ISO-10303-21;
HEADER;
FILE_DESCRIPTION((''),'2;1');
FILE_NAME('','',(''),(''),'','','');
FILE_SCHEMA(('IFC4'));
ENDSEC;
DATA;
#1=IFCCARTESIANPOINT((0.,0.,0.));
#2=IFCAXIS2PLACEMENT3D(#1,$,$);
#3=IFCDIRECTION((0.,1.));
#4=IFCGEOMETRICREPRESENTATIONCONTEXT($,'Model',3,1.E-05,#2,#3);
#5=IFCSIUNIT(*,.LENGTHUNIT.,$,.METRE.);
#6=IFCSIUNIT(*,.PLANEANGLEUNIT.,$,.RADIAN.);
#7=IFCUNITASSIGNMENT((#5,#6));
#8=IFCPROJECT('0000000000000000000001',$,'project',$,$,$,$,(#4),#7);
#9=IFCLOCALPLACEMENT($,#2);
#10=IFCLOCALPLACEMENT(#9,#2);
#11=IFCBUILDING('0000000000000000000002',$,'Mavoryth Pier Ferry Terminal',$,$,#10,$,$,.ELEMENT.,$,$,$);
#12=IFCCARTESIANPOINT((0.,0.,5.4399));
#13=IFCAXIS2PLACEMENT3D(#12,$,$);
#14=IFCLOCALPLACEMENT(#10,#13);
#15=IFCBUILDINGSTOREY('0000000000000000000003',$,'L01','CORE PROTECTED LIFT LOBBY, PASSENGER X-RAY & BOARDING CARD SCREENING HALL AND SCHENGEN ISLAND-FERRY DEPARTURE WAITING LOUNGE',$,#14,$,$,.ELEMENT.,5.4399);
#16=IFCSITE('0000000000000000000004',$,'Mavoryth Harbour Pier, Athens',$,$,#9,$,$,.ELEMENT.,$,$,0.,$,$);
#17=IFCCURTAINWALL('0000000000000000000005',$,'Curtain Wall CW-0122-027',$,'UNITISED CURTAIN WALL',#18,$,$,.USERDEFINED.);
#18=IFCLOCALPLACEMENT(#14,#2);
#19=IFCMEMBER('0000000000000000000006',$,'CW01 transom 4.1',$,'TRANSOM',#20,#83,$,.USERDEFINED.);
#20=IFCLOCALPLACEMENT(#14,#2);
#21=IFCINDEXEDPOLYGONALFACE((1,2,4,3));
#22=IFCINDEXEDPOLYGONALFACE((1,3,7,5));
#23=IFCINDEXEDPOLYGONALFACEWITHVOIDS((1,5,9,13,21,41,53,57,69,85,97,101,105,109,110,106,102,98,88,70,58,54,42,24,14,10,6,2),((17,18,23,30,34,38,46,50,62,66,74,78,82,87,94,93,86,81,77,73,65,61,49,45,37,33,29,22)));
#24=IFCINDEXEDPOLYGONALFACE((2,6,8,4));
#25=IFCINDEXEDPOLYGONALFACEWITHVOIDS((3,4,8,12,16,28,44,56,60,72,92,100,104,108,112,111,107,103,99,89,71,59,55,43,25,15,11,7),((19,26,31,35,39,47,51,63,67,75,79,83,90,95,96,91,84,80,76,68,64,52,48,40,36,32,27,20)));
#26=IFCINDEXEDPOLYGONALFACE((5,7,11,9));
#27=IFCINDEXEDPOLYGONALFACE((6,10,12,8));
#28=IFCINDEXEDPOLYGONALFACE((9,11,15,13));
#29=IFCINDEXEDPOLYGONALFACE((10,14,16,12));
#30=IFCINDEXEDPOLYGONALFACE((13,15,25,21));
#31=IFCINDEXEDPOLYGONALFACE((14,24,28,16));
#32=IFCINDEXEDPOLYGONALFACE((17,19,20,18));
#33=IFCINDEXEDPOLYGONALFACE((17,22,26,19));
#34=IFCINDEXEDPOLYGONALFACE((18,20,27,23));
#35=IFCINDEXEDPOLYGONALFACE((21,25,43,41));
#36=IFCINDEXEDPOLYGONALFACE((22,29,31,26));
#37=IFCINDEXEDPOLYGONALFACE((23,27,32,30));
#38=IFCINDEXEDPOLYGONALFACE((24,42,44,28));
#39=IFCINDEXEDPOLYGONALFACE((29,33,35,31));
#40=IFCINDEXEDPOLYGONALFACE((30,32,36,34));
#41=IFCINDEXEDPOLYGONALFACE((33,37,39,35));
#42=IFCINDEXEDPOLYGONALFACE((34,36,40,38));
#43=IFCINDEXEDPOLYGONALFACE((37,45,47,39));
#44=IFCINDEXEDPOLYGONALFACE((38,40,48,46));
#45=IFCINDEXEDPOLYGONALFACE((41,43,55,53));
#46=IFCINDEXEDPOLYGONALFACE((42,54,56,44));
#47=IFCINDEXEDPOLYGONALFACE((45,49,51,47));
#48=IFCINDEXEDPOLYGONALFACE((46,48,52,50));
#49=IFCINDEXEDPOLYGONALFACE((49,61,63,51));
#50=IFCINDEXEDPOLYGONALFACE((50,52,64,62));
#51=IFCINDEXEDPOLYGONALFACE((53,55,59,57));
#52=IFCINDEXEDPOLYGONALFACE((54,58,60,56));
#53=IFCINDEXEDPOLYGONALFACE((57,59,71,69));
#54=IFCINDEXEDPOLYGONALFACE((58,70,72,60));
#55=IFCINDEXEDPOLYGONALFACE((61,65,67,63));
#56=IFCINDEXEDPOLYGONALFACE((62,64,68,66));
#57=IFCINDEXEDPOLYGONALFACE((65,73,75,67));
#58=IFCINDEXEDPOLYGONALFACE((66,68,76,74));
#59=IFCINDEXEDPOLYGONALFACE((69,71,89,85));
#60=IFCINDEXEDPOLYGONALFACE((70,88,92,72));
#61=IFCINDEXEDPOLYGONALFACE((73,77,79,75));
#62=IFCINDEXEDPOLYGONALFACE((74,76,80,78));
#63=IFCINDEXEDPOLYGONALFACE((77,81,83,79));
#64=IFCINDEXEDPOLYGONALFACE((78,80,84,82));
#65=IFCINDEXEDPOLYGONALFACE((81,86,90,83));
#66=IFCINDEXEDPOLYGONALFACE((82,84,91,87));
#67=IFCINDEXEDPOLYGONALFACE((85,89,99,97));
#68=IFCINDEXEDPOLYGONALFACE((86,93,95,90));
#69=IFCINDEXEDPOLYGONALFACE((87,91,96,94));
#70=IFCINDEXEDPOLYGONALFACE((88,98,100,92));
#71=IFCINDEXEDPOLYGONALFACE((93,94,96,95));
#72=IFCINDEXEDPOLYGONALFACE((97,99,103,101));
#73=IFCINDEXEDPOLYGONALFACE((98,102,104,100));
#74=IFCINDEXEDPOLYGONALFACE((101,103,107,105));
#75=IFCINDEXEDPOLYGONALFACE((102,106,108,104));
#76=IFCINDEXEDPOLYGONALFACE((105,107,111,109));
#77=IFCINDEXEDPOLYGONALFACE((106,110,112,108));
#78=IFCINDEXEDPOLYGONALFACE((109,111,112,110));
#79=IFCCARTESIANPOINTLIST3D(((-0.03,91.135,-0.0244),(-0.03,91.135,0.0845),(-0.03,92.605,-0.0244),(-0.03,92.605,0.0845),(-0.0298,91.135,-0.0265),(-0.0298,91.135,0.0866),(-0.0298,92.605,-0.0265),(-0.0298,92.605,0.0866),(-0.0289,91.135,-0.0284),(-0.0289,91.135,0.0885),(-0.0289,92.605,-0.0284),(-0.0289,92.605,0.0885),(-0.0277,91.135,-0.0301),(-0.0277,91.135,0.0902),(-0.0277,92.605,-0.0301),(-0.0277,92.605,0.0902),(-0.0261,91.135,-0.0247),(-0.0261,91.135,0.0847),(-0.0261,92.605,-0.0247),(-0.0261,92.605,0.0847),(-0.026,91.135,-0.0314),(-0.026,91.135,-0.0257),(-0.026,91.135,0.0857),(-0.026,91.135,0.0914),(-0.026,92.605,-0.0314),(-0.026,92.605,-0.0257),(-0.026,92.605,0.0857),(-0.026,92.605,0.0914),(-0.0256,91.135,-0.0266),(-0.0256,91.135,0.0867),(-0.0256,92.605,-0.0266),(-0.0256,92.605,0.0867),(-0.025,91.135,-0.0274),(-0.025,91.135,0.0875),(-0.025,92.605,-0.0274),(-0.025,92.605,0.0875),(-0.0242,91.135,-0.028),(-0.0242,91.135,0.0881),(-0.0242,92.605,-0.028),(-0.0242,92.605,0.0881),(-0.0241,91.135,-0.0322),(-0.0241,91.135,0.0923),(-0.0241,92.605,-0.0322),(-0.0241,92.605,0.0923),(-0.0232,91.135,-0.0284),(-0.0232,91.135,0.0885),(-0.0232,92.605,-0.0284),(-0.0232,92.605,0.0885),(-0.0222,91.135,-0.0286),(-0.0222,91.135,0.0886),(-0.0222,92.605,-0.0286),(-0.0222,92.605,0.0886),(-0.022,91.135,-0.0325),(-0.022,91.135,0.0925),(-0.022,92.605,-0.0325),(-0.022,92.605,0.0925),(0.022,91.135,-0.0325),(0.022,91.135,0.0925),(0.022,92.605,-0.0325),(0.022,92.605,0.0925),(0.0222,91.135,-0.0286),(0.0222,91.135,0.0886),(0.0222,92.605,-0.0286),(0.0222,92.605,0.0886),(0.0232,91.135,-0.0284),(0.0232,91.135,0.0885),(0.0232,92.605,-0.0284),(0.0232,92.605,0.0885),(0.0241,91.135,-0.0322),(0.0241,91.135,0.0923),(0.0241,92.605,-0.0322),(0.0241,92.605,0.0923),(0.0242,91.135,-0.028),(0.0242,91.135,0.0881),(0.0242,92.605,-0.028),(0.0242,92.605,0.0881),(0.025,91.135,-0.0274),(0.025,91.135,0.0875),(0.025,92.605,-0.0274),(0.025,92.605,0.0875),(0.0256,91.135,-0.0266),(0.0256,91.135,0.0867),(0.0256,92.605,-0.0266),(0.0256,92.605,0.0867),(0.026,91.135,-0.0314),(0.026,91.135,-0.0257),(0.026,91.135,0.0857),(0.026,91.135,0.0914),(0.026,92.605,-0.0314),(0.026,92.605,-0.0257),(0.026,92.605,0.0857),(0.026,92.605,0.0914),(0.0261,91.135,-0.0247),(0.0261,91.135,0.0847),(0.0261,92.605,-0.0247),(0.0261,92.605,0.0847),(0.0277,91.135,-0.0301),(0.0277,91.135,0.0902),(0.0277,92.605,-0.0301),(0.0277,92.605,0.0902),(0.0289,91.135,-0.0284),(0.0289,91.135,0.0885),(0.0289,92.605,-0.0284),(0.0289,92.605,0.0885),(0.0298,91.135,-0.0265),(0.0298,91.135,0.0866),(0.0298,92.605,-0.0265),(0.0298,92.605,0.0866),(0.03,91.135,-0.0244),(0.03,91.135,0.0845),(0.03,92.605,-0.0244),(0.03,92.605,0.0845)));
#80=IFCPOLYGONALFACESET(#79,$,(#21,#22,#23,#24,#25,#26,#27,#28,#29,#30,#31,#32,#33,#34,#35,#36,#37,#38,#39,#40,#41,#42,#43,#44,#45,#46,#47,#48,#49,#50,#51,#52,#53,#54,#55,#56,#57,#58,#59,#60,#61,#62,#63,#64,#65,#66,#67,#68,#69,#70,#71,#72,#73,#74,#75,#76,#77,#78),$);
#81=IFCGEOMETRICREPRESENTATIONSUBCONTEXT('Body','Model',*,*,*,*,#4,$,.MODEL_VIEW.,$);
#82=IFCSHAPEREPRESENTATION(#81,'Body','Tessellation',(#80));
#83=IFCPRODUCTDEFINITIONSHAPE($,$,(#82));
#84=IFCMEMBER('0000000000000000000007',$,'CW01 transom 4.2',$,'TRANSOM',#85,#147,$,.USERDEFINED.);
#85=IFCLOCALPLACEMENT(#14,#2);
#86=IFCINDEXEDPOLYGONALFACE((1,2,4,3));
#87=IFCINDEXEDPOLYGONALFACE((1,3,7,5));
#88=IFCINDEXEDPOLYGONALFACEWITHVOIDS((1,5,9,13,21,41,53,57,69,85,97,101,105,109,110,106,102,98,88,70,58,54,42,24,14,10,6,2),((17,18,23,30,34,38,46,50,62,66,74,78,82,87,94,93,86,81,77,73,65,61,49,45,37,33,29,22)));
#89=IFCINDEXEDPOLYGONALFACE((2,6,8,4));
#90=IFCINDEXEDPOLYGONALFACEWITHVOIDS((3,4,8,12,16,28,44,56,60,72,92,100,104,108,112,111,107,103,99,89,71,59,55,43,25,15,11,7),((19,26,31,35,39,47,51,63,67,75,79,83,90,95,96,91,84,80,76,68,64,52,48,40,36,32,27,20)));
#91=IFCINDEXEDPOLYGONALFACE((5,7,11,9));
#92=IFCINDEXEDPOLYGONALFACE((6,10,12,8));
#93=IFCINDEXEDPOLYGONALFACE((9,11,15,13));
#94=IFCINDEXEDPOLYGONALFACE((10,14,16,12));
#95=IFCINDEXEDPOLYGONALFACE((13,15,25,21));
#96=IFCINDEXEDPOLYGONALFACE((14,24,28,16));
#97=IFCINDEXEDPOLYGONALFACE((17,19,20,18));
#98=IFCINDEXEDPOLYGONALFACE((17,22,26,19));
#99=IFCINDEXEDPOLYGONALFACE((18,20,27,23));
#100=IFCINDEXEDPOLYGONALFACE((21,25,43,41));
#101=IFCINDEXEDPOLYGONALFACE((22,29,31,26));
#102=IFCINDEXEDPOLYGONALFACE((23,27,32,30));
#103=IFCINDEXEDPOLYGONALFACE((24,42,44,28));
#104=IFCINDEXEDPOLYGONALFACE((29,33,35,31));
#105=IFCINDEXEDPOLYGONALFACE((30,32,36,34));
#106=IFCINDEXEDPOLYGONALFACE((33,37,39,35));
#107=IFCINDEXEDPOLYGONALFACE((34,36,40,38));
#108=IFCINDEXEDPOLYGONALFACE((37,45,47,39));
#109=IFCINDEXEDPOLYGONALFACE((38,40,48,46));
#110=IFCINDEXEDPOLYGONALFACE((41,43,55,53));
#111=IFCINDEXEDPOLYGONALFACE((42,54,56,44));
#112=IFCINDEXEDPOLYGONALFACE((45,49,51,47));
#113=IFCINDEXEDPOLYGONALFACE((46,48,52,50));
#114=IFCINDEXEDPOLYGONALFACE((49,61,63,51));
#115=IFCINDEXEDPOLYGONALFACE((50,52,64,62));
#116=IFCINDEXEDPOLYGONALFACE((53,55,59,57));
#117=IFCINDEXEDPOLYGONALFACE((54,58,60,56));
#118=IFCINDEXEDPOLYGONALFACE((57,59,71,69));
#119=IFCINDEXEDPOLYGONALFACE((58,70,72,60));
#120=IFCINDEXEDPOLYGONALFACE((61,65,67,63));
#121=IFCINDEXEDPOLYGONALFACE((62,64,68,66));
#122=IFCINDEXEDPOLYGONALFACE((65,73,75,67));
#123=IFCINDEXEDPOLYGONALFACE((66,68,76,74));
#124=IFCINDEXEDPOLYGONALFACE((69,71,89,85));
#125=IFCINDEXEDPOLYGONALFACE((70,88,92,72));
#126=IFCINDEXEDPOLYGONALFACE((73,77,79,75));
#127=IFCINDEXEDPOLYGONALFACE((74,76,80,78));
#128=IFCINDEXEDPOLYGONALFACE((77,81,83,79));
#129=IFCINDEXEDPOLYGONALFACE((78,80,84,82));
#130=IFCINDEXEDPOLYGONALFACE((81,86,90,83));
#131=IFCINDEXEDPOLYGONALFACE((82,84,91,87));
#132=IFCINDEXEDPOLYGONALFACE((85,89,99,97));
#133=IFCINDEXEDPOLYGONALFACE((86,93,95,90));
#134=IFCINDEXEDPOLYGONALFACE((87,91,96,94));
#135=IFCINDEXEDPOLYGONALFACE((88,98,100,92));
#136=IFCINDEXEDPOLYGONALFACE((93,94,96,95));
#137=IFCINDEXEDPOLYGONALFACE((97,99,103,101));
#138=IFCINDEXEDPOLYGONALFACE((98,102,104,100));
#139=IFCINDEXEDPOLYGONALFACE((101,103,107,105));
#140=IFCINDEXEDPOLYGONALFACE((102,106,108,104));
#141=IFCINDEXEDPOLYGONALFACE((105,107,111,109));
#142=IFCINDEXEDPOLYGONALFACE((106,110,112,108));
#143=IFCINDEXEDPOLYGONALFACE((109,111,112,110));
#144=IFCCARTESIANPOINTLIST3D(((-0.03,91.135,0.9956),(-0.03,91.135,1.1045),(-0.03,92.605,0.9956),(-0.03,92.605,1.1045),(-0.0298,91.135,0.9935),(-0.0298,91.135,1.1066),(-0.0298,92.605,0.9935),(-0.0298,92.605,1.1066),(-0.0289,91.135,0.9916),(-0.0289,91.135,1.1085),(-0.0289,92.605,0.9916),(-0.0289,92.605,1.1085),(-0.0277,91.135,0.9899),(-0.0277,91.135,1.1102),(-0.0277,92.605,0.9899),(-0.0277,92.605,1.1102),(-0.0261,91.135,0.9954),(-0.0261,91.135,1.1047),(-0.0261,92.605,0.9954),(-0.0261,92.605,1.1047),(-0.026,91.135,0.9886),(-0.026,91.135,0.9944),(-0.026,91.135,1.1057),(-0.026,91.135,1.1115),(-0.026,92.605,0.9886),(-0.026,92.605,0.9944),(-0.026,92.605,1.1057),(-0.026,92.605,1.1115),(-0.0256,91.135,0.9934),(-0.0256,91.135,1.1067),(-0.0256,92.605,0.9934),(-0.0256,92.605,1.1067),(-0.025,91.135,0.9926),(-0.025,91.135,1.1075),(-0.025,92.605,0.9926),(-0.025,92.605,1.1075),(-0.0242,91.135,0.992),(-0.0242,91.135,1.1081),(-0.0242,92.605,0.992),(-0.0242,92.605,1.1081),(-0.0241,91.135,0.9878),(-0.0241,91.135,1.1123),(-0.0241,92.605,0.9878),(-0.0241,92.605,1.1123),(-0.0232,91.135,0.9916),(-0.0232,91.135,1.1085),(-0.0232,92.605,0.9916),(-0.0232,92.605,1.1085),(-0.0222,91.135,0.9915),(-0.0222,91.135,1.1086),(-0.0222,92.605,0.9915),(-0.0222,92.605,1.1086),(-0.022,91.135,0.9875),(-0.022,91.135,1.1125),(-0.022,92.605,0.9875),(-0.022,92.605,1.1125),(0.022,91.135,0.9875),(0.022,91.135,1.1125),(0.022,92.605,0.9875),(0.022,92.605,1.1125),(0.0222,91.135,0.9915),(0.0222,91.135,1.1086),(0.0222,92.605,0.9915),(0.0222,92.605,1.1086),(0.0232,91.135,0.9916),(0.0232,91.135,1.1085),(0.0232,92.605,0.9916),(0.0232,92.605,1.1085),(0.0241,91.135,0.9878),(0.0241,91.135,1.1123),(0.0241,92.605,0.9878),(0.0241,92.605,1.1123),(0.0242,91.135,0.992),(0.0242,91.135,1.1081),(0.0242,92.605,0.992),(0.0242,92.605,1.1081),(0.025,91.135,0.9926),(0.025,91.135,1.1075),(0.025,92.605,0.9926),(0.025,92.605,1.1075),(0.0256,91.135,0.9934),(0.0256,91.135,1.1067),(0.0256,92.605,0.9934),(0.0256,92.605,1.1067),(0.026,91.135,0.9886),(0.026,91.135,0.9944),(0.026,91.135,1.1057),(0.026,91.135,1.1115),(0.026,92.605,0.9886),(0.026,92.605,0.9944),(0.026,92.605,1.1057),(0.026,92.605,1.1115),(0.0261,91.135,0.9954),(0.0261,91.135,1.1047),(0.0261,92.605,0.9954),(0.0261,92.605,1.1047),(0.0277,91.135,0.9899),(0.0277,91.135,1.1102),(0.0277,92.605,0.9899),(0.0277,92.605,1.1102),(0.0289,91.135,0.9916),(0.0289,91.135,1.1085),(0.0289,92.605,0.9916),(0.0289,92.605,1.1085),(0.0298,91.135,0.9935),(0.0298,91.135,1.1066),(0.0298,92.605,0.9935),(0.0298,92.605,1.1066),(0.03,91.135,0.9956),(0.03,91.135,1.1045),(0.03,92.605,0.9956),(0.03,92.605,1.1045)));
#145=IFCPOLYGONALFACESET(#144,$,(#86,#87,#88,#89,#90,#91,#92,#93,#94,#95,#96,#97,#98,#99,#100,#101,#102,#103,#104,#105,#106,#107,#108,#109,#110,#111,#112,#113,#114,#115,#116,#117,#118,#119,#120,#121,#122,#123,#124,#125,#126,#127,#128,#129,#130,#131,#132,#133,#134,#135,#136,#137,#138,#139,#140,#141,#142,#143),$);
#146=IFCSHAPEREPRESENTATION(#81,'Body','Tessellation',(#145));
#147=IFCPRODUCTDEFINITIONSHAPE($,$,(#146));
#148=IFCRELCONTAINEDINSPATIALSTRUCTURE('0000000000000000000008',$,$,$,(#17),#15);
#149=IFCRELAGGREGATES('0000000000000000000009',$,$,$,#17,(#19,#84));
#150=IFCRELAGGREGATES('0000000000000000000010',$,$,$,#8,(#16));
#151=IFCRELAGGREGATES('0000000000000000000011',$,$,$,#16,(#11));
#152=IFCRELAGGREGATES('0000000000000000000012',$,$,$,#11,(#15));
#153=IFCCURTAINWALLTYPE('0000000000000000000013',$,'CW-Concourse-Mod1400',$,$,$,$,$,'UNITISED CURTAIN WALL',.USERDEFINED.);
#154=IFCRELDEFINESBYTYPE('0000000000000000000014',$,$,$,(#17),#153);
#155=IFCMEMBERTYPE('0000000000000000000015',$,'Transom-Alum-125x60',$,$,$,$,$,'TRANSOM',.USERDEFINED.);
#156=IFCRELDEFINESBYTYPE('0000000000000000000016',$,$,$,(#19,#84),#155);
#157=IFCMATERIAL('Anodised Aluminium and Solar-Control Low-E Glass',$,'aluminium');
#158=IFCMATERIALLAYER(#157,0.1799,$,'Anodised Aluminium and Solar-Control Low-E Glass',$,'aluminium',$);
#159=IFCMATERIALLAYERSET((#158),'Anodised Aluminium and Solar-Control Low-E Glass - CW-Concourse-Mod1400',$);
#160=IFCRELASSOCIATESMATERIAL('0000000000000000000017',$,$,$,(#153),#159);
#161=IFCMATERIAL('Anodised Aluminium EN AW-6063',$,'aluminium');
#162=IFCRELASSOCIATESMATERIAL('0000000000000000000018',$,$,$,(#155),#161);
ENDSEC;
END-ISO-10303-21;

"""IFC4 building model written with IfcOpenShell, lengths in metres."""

from ifc_helpers import new_model, si_unit, direction, frame, origin, origin_2d, place, context, subcontext, project, spatial, hollow_rectangle, extrude, material, layer, layer_set, material_profile, profile_set, type_object, element, aggregate, save


model = new_model("IFC4")

# Units and contexts
model_context = context("Model", 3, precision=1e-05, world=origin(), true_north=direction((0.0, 1.0)))
body_context = subcontext(model_context, "Body", "Model", "MODEL_VIEW")
ifc_project = project(units=[si_unit("LENGTHUNIT", "METRE"), si_unit("PLANEANGLEUNIT", "RADIAN")], contexts=[model_context])

# Site, building, storey
site_placement = place(None, origin())
site = spatial("IfcSite", under=ifc_project, at=site_placement, Name="Mavoryth Harbour Pier, Athens", CompositionType="ELEMENT", RefElevation=0.0)
building_placement = place(site_placement, origin())
building = spatial("IfcBuilding", under=site, at=building_placement, Name="Mavoryth Pier Ferry Terminal", CompositionType="ELEMENT")
storey_placement = place(building_placement, frame((0.0, 0.0, 5.4399)))
storey = spatial("IfcBuildingStorey", under=building, at=storey_placement, Name="L01", Description="CORE PROTECTED LIFT LOBBY, PASSENGER X-RAY & BOARDING CARD SCREENING HALL AND SCHENGEN ISLAND-FERRY DEPARTURE WAITING LOUNGE", CompositionType="ELEMENT", Elevation=5.4399)

# Curtain wall, members
ifc_material_1 = material(Name="Anodised Aluminium and Solar-Control Low-E Glass", Category="aluminium")
ifc_layer_1 = layer(ifc_material_1, 0.1799, Name="Anodised Aluminium and Solar-Control Low-E Glass", Category="aluminium")
ifc_layer_set_1 = layer_set([ifc_layer_1], Name="Anodised Aluminium and Solar-Control Low-E Glass - CW-Concourse-Mod1400")
curtain_wall_type = type_object("IfcCurtainWallType", Name="CW-Concourse-Mod1400", ElementType="UNITISED CURTAIN WALL", PredefinedType="USERDEFINED", material=ifc_layer_set_1)
curtain_wall_placement = place(storey_placement, origin())
curtain_wall = element("IfcCurtainWall", 1, at=curtain_wall_placement, inside=storey, type_object=curtain_wall_type, Name="Curtain Wall CW-0122-027", ObjectType="UNITISED CURTAIN WALL", PredefinedType="USERDEFINED")
ifc_material_2 = material(Name="Anodised Aluminium EN AW-6063", Category="aluminium")
ifc_material_profile_1 = material_profile(ifc_material_2, hollow_rectangle(XDim=0.0601, YDim=0.125, WallThickness=0.0039, InnerFilletRadius=0.0039, OuterFilletRadius=0.0081, at=origin_2d()), Name="AL-TRAN 125x60x4", Category="aluminium")
ifc_profile_set_1 = profile_set([ifc_material_profile_1], Name="Anodised Aluminium EN AW-6063 - AL-TRAN 125x60x4")
member_type_1 = type_object("IfcMemberType", Name="Transom-Alum-125x60", ElementType="TRANSOM", PredefinedType="USERDEFINED", material=ifc_profile_set_1)
member_1_placement = place(storey_placement, frame((0.0, 92.605, 0.03), z_axis=(0.0, -1.0, 0.0), x_axis=(1.0, 0.0, 0.0)))
member_1 = element("IfcMember", 2, at=member_1_placement, type_object=member_type_1, Name="CW01 transom 4.1", ObjectType="TRANSOM", PredefinedType="USERDEFINED", context=body_context, shape_type="SweptSolid", body=[
    extrude(hollow_rectangle(XDim=0.0601, YDim=0.125, WallThickness=0.0039, InnerFilletRadius=0.0039, OuterFilletRadius=0.0081, at=origin_2d()), origin(), (0.0, 0.0, 1.0), 1.47),
])
member_2_placement = place(storey_placement, frame((0.0, 92.605, 1.05), z_axis=(0.0, -1.0, 0.0), x_axis=(1.0, 0.0, 0.0)))
member_2 = element("IfcMember", 3, at=member_2_placement, type_object=member_type_1, Name="CW01 transom 4.2", ObjectType="TRANSOM", PredefinedType="USERDEFINED", context=body_context, shape_type="SweptSolid", body=[
    extrude(hollow_rectangle(XDim=0.0601, YDim=0.125, WallThickness=0.0039, InnerFilletRadius=0.0039, OuterFilletRadius=0.0081, at=origin_2d()), origin(), (0.0, 0.0, 1.0), 1.47),
])
aggregate(curtain_wall, [member_1, member_2])

save(model, "model.ifc")
